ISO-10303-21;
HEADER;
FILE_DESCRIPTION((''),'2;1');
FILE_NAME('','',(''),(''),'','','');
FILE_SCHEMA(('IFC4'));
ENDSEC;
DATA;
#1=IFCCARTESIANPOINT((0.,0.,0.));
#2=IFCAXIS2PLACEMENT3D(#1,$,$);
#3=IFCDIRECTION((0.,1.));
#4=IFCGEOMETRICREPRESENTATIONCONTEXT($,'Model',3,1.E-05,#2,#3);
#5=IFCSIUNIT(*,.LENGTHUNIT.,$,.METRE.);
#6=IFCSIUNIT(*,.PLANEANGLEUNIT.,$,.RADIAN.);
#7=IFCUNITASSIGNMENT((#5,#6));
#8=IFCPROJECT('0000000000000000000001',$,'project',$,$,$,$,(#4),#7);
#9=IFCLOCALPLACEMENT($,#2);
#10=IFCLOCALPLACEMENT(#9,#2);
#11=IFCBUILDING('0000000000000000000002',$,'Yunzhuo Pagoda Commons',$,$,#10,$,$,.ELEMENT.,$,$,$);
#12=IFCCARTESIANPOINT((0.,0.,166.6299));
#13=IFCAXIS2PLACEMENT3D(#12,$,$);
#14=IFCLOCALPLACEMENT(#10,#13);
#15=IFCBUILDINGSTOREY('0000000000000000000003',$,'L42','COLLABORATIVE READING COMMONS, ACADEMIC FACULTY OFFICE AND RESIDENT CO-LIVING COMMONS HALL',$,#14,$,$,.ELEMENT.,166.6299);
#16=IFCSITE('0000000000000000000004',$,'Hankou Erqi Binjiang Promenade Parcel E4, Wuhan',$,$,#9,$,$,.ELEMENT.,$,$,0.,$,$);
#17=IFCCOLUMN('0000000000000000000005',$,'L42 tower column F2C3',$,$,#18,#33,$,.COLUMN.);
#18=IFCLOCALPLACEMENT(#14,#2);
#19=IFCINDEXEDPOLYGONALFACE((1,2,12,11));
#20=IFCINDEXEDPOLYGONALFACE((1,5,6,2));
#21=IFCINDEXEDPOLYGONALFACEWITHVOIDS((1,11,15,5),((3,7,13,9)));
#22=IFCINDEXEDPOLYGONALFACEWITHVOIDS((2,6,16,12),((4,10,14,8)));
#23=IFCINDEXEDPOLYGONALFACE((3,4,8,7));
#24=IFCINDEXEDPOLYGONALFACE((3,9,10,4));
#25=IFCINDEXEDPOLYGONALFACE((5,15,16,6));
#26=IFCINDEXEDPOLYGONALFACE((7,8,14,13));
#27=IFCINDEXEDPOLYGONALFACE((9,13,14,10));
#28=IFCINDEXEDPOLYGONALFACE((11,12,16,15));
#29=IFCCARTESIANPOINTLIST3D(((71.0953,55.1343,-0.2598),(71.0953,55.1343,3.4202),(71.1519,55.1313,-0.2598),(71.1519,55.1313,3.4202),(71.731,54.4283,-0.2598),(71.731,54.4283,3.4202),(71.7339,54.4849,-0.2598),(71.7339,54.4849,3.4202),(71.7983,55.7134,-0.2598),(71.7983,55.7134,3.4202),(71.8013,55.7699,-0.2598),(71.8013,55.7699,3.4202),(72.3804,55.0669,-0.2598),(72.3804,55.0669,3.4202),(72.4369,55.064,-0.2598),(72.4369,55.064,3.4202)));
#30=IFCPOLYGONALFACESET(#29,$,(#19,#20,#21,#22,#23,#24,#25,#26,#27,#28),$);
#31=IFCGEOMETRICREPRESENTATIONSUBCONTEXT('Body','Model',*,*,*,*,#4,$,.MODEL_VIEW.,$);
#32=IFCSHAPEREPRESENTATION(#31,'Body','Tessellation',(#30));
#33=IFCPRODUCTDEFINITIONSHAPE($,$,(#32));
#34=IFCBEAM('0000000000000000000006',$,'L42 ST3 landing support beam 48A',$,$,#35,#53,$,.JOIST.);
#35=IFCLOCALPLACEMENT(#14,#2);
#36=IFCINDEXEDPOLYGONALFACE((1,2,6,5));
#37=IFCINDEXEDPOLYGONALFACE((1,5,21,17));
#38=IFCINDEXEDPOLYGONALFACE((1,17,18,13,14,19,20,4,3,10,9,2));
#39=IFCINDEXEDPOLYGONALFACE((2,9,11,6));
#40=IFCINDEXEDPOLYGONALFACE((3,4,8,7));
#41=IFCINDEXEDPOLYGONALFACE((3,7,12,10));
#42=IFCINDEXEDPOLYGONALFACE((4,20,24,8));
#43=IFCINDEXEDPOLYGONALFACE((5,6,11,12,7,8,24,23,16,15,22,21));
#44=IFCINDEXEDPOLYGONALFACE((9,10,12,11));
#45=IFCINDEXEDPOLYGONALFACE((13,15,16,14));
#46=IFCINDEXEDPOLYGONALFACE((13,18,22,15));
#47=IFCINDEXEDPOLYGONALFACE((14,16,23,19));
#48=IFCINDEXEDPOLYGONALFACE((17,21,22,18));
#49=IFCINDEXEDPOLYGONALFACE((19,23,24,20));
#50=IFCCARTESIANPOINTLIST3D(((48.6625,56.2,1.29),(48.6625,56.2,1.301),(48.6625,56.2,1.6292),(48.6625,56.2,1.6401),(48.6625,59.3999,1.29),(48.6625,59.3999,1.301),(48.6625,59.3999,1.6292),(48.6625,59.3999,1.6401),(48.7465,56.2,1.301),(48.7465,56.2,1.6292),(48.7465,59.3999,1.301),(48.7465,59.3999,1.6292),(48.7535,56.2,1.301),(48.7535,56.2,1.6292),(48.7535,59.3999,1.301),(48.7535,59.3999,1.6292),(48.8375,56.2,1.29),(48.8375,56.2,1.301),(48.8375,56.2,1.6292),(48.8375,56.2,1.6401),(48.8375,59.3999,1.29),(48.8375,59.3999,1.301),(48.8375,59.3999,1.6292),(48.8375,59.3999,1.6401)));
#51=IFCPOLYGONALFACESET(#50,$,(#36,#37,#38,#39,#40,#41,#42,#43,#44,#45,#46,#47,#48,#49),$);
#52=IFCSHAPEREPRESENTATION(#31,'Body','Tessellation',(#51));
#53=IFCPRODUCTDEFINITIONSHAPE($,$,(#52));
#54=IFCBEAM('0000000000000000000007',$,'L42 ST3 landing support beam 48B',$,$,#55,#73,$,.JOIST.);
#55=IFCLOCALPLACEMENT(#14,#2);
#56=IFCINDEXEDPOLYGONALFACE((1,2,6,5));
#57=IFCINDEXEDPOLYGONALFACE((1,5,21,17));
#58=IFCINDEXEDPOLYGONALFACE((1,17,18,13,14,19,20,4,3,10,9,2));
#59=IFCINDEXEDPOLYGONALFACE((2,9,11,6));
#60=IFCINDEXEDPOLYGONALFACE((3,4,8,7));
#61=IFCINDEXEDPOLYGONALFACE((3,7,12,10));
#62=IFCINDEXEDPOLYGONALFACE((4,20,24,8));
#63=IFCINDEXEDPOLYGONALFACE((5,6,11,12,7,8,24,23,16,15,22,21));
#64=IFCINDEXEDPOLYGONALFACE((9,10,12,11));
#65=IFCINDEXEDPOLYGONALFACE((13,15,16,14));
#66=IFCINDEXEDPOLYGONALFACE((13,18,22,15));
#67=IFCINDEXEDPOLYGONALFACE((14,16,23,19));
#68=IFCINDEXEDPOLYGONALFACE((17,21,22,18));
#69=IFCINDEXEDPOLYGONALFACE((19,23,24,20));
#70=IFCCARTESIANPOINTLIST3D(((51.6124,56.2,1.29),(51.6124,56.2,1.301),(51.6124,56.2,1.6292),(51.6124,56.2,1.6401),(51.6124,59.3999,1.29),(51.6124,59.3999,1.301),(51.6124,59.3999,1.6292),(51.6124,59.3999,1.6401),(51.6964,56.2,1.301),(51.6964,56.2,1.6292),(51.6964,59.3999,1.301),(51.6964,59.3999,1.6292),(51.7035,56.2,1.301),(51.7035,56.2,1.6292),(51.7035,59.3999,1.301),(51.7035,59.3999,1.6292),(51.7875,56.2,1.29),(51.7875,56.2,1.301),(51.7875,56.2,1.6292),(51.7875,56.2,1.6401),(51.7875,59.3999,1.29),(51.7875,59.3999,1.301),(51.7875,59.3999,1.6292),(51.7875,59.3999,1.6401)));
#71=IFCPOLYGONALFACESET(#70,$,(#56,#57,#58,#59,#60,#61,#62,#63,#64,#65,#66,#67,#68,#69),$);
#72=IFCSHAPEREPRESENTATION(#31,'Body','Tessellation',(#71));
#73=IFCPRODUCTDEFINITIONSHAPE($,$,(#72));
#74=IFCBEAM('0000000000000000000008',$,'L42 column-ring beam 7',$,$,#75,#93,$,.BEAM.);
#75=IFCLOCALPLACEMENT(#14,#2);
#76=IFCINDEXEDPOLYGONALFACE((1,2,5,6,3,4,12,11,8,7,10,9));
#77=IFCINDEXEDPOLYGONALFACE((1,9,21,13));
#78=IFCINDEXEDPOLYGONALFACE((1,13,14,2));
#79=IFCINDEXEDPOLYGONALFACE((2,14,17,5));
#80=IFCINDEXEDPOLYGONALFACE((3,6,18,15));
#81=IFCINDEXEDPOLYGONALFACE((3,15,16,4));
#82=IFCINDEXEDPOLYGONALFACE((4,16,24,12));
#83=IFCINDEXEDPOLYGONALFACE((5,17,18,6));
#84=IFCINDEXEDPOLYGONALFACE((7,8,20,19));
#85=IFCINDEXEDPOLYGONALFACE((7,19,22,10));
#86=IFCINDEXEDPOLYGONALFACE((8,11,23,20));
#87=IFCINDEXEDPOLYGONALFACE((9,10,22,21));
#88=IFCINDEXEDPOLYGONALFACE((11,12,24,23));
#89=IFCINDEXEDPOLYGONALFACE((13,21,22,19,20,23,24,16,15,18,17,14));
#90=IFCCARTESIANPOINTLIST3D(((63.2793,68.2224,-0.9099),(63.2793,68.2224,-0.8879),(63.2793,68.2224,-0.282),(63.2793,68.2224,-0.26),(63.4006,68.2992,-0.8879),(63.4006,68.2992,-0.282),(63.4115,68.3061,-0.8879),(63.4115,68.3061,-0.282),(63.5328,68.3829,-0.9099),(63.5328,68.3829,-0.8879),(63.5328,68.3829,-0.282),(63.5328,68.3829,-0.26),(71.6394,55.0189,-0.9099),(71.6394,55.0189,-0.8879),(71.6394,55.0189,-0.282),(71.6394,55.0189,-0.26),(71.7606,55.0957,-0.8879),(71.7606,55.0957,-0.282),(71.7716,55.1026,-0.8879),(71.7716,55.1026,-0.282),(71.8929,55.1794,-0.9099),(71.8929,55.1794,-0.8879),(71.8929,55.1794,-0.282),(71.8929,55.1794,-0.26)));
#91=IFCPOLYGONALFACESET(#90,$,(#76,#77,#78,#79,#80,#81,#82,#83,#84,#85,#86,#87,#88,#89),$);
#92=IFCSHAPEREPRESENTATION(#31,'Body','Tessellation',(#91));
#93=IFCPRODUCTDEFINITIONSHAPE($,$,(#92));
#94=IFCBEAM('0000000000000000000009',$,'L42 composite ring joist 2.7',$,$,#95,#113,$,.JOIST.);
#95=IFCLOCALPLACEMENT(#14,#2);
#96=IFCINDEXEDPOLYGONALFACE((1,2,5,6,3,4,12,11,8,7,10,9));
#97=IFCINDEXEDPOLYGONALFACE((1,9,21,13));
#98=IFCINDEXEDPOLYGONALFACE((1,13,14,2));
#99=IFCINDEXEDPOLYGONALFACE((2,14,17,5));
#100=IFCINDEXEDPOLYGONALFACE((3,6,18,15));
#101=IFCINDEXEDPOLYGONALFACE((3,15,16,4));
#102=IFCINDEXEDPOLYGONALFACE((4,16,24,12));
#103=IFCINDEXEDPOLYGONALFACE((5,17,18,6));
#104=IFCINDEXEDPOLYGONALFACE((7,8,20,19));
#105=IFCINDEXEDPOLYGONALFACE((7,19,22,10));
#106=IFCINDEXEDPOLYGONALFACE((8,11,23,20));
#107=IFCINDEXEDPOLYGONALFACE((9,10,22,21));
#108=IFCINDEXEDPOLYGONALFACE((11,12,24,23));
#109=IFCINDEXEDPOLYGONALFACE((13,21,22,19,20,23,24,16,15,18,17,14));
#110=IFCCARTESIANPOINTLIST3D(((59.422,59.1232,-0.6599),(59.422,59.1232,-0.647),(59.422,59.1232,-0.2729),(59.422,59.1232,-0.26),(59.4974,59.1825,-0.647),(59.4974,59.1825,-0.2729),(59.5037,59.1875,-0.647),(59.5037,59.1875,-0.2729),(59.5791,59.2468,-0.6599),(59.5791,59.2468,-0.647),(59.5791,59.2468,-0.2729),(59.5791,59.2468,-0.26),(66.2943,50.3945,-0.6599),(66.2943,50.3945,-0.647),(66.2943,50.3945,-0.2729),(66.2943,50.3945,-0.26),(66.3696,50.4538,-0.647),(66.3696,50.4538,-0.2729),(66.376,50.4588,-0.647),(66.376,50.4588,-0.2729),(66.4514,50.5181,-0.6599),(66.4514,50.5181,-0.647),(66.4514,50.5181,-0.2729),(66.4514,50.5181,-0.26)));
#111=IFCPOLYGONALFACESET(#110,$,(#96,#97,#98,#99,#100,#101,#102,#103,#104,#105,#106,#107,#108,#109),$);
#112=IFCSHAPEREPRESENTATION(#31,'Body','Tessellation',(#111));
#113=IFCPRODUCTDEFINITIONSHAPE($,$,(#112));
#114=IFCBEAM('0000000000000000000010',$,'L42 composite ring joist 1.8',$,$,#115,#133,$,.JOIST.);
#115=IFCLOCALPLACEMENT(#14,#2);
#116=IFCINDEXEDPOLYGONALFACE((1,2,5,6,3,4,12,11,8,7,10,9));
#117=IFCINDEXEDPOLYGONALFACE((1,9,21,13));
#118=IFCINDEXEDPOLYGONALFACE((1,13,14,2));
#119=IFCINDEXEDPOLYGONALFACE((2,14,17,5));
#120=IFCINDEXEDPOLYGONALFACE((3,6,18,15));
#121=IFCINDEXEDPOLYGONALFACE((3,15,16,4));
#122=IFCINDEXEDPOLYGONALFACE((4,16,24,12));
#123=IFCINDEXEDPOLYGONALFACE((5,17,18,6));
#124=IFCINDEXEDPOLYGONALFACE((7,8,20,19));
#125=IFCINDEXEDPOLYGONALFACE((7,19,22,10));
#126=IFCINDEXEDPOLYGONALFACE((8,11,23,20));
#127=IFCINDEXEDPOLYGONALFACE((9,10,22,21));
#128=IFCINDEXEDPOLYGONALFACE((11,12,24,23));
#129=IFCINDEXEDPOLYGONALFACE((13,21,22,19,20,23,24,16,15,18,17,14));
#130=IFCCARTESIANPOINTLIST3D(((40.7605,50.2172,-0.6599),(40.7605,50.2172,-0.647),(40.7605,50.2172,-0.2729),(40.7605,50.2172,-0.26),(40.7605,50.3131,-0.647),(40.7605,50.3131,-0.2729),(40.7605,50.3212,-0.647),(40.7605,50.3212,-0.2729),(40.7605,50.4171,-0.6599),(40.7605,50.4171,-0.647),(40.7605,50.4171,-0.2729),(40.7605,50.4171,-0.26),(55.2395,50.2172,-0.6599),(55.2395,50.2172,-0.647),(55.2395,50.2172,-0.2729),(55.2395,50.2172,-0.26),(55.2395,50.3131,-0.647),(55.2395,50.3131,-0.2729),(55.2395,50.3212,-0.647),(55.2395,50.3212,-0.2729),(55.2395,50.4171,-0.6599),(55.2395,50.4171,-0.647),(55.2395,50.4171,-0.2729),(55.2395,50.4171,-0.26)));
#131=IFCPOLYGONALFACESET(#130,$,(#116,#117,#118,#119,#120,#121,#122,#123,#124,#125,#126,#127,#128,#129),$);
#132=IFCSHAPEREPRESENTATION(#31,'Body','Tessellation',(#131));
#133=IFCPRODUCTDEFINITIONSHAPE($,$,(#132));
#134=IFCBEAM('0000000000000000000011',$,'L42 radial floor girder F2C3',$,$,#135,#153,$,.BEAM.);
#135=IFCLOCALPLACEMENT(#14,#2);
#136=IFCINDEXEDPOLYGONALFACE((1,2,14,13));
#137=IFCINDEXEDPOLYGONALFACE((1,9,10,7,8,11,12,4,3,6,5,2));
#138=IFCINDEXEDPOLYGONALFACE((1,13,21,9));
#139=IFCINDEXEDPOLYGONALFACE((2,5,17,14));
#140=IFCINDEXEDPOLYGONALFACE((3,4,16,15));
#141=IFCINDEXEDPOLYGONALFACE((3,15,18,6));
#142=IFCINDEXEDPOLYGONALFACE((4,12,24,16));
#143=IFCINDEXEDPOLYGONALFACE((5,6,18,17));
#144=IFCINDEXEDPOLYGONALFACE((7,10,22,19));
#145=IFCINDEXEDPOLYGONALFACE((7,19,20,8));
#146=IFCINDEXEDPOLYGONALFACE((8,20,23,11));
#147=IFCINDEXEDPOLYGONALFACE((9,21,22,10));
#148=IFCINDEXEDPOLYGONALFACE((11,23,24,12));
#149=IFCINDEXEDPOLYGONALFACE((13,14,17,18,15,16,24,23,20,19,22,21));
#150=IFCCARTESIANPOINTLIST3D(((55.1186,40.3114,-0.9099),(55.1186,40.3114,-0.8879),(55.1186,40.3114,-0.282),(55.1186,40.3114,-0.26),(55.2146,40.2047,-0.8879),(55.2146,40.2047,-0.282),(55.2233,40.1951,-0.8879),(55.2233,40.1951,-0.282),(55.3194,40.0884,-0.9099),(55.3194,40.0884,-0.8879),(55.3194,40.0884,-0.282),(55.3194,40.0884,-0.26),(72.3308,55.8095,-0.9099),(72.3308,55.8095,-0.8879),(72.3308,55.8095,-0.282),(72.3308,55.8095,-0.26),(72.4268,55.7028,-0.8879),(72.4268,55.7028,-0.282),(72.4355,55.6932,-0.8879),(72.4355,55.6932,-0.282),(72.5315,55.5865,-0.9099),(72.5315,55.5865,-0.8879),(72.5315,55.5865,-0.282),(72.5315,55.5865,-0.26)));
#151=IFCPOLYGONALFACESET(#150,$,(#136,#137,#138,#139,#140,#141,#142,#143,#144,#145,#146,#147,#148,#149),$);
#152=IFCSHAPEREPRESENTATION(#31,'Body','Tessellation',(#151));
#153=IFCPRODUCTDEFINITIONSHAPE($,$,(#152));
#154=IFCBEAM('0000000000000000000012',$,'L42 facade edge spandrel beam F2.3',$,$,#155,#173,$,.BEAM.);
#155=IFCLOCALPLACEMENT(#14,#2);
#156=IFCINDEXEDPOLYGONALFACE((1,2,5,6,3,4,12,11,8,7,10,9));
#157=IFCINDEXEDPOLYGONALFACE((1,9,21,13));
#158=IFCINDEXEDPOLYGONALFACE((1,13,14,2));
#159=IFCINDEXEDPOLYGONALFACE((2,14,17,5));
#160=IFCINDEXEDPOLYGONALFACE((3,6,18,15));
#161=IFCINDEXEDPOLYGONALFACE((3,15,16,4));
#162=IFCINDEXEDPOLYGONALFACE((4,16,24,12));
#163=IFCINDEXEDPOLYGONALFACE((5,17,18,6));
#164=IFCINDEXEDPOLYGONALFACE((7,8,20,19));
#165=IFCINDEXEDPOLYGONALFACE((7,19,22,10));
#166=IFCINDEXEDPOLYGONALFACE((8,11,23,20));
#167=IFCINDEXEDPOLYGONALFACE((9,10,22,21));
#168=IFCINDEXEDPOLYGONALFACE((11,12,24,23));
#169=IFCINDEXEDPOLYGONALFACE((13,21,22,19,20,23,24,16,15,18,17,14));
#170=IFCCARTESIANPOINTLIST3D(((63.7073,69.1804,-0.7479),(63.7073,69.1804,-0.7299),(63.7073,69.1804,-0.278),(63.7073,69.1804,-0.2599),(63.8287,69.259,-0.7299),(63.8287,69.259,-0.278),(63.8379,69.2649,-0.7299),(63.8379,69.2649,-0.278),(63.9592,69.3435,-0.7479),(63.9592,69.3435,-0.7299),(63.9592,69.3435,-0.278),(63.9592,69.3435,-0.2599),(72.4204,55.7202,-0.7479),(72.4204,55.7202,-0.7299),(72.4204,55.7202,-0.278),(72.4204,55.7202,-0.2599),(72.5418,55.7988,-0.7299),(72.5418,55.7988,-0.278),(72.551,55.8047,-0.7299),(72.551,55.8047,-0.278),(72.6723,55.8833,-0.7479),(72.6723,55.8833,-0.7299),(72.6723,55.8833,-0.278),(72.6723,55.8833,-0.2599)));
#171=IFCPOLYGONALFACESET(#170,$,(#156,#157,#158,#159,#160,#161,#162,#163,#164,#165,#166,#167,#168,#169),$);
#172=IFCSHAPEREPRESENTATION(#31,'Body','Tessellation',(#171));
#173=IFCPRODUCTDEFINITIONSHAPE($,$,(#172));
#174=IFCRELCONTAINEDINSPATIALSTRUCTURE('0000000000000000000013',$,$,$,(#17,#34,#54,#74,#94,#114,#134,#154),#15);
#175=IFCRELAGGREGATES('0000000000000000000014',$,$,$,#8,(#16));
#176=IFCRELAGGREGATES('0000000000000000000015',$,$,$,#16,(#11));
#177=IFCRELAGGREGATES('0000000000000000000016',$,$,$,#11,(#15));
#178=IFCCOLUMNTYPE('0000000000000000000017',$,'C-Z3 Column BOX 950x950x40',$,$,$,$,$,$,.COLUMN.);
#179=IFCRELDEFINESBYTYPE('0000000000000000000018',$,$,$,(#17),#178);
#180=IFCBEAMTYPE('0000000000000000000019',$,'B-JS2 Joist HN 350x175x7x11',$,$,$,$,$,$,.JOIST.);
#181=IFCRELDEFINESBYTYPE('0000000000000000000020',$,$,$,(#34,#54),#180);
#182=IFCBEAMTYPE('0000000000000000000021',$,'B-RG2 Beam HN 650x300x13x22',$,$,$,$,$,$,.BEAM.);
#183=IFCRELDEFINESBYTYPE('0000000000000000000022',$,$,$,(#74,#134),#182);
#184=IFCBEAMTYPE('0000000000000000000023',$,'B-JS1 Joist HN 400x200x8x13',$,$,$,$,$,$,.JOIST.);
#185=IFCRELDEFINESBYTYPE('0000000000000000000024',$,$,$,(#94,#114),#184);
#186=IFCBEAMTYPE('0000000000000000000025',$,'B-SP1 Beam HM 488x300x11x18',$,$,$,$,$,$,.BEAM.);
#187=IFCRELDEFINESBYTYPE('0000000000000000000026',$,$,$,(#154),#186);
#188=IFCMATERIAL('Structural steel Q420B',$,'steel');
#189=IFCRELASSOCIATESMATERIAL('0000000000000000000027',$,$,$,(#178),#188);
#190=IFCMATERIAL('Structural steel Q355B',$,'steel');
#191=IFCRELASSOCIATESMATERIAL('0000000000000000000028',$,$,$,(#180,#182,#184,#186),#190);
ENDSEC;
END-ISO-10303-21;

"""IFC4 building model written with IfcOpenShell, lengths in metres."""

from ifc_helpers import new_model, si_unit, direction, frame, origin, origin_2d, place, context, subcontext, project, spatial, hollow_rectangle, i_section, extrude, source, transform, mapped, material, material_profile, profile_set, type_object, element, save


model = new_model("IFC4")

# Units and contexts
model_context = context("Model", 3, precision=1e-05, world=origin(), true_north=direction((0.0, 1.0)))
body_context = subcontext(model_context, "Body", "Model", "MODEL_VIEW")
ifc_project = project(units=[si_unit("LENGTHUNIT", "METRE"), si_unit("PLANEANGLEUNIT", "RADIAN")], contexts=[model_context])

# Site, building, storey
site_placement = place(None, origin())
site = spatial("IfcSite", under=ifc_project, at=site_placement, Name="Hankou Erqi Binjiang Promenade Parcel E4, Wuhan", CompositionType="ELEMENT", RefElevation=0.0)
building_placement = place(site_placement, origin())
building = spatial("IfcBuilding", under=site, at=building_placement, Name="Yunzhuo Pagoda Commons", CompositionType="ELEMENT")
storey_placement = place(building_placement, frame((0.0, 0.0, 166.6299)))
storey = spatial("IfcBuildingStorey", under=building, at=storey_placement, Name="L42", Description="COLLABORATIVE READING COMMONS, ACADEMIC FACULTY OFFICE AND RESIDENT CO-LIVING COMMONS HALL", CompositionType="ELEMENT", Elevation=166.6299)

# Column
ifc_material_1 = material(Name="Structural steel Q420B", Category="steel")
ifc_material_profile_1 = material_profile(ifc_material_1, hollow_rectangle(XDim=0.95, YDim=0.95, WallThickness=0.04, at=origin_2d()), Name="Structural steel Q420B")
ifc_profile_set_1 = profile_set([ifc_material_profile_1], Name="Structural steel Q420B")
column_type = type_object("IfcColumnType", Name="C-Z3 Column BOX 950x950x40", PredefinedType="COLUMN", material=ifc_profile_set_1)
shared_shape_1 = source(origin(), body_context, "Body", "SweptSolid", [
    extrude(hollow_rectangle(XDim=0.95, YDim=0.95, WallThickness=0.04, at=origin_2d()), origin(), (0.0, 0.0, 1.0), 3.6799),
])
column_placement = place(storey_placement, frame((71.7661, 55.0991, -0.2598), z_axis=(0.0, 0.0, 1.0), x_axis=(-0.669131, 0.743145, 0.0)))
element("IfcColumn", 1, at=column_placement, inside=storey, type_object=column_type, Name="L42 tower column F2C3", PredefinedType="COLUMN", context=body_context, shape_type="MappedRepresentation", body=[
    mapped(shared_shape_1, transform((0.0, 0.0, 0.0), scale=1.0)),
])

# Beams
ifc_material_2 = material(Name="Structural steel Q355B", Category="steel")
ifc_material_profile_2 = material_profile(ifc_material_2, i_section(OverallWidth=0.175, OverallDepth=0.3501, WebThickness=0.0071, FlangeThickness=0.011, at=origin_2d()), Name="Structural steel Q355B")
ifc_profile_set_2 = profile_set([ifc_material_profile_2], Name="Structural steel Q355B")
beam_type_1 = type_object("IfcBeamType", Name="B-JS2 Joist HN 350x175x7x11", PredefinedType="JOIST", material=ifc_profile_set_2)
shared_shape_2 = source(origin(), body_context, "Body", "SweptSolid", [
    extrude(i_section(OverallWidth=0.175, OverallDepth=0.3501, WebThickness=0.0071, FlangeThickness=0.011, at=origin_2d()), origin(), (0.0, 0.0, 1.0), 3.2),
])
for number, where, z_axis, x_axis, name in (
    (2, (48.75, 56.2, 1.4651), (0.0, 1.0, 0.0), (-1.0, 0.0, 0.0), "L42 ST3 landing support beam 48A"),
    (3, (51.7, 56.2, 1.4651), (0.0, 1.0, 0.0), (-1.0, 0.0, 0.0), "L42 ST3 landing support beam 48B"),
):
    element("IfcBeam", number, at=place(storey_placement, frame(where, z_axis=z_axis, x_axis=x_axis)), inside=storey, type_object=beam_type_1, Name=name, PredefinedType="JOIST", context=body_context, shape_type="MappedRepresentation", body=[
        mapped(shared_shape_2, transform((0.0, 0.0, 0.0), scale=1.0)),
    ])
ifc_material_profile_3 = material_profile(ifc_material_2, i_section(OverallWidth=0.3, OverallDepth=0.6499, WebThickness=0.0129, FlangeThickness=0.022, at=origin_2d()), Name="Structural steel Q355B")
ifc_profile_set_3 = profile_set([ifc_material_profile_3], Name="Structural steel Q355B")
beam_type_2 = type_object("IfcBeamType", Name="B-RG2 Beam HN 650x300x13x22", PredefinedType="BEAM", material=ifc_profile_set_3)
shared_shape_3 = source(origin(), body_context, "Body", "SweptSolid", [
    extrude(i_section(OverallWidth=0.3, OverallDepth=0.6499, WebThickness=0.0129, FlangeThickness=0.022, at=origin_2d()), origin(), (0.0, 0.0, 1.0), 15.6277),
])
beam_1_placement = place(storey_placement, frame((71.7661, 55.0991, -0.585), z_axis=(-0.534952, 0.844882, 0.0), x_axis=(-0.844882, -0.534952, 0.0)))
element("IfcBeam", 4, at=beam_1_placement, inside=storey, type_object=beam_type_2, Name="L42 column-ring beam 7", PredefinedType="BEAM", context=body_context, shape_type="MappedRepresentation", body=[
    mapped(shared_shape_3, transform((0.0, 0.0, 0.0), scale=1.0)),
])
ifc_material_profile_4 = material_profile(ifc_material_2, i_section(OverallWidth=0.2, OverallDepth=0.3999, WebThickness=0.0081, FlangeThickness=0.0129, at=origin_2d()), Name="Structural steel Q355B")
ifc_profile_set_4 = profile_set([ifc_material_profile_4], Name="Structural steel Q355B")
beam_type_3 = type_object("IfcBeamType", Name="B-JS1 Joist HN 400x200x8x13", PredefinedType="JOIST", material=ifc_profile_set_4)
shared_shape_4 = source(origin(), body_context, "Body", "SweptSolid", [
    extrude(i_section(OverallWidth=0.2, OverallDepth=0.3999, WebThickness=0.0081, FlangeThickness=0.0129, at=origin_2d()), origin(), (0.0, 0.0, 1.0), 11.1094),
])
beam_2_placement = place(storey_placement, frame((66.3728, 50.4563, -0.46), z_axis=(-0.618601, 0.785706, 0.0), x_axis=(-0.785706, -0.618601, 0.0)))
element("IfcBeam", 5, at=beam_2_placement, inside=storey, type_object=beam_type_3, Name="L42 composite ring joist 2.7", PredefinedType="JOIST", context=body_context, shape_type="MappedRepresentation", body=[
    mapped(shared_shape_4, transform((0.0, 0.0, 0.0), scale=1.0)),
])
shared_shape_5 = source(origin(), body_context, "Body", "SweptSolid", [
    extrude(i_section(OverallWidth=0.2, OverallDepth=0.3999, WebThickness=0.0081, FlangeThickness=0.0129, at=origin_2d()), origin(), (0.0, 0.0, 1.0), 14.479),
])
beam_3_placement = place(storey_placement, frame((55.2395, 50.3171, -0.46), z_axis=(-1.0, 0.0, 0.0), x_axis=(0.0, -1.0, 0.0)))
element("IfcBeam", 6, at=beam_3_placement, inside=storey, type_object=beam_type_3, Name="L42 composite ring joist 1.8", PredefinedType="JOIST", context=body_context, shape_type="MappedRepresentation", body=[
    mapped(shared_shape_5, transform((0.0, 0.0, 0.0), scale=1.0)),
])
shared_shape_6 = source(origin(), body_context, "Body", "SweptSolid", [
    extrude(i_section(OverallWidth=0.3, OverallDepth=0.6499, WebThickness=0.0129, FlangeThickness=0.022, at=origin_2d()), origin(), (0.0, 0.0, 1.0), 23.1614),
])
beam_4_placement = place(storey_placement, frame((72.4312, 55.698, -0.585), z_axis=(-0.743142, -0.669134, 0.0), x_axis=(0.669134, -0.743142, 0.0)))
element("IfcBeam", 7, at=beam_4_placement, inside=storey, type_object=beam_type_2, Name="L42 radial floor girder F2C3", PredefinedType="BEAM", context=body_context, shape_type="MappedRepresentation", body=[
    mapped(shared_shape_6, transform((0.0, 0.0, 0.0), scale=1.0)),
])
ifc_material_profile_5 = material_profile(ifc_material_2, i_section(OverallWidth=0.3, OverallDepth=0.488, WebThickness=0.011, FlangeThickness=0.0181, at=origin_2d()), Name="Structural steel Q355B")
ifc_profile_set_5 = profile_set([ifc_material_profile_5], Name="Structural steel Q355B")
beam_type_4 = type_object("IfcBeamType", Name="B-SP1 Beam HM 488x300x11x18", PredefinedType="BEAM", material=ifc_profile_set_5)
shared_shape_7 = source(origin(), body_context, "Body", "SweptSolid", [
    extrude(i_section(OverallWidth=0.3, OverallDepth=0.488, WebThickness=0.011, FlangeThickness=0.0181, at=origin_2d()), origin(), (0.0, 0.0, 1.0), 16.0342),
])
beam_5_placement = place(storey_placement, frame((72.5464, 55.8018, -0.5039), z_axis=(-0.543409, 0.839468, 0.0), x_axis=(-0.839468, -0.543409, 0.0)))
element("IfcBeam", 8, at=beam_5_placement, inside=storey, type_object=beam_type_4, Name="L42 facade edge spandrel beam F2.3", PredefinedType="BEAM", context=body_context, shape_type="MappedRepresentation", body=[
    mapped(shared_shape_7, transform((0.0, 0.0, 0.0), scale=1.0)),
])

save(model, "model.ifc")
